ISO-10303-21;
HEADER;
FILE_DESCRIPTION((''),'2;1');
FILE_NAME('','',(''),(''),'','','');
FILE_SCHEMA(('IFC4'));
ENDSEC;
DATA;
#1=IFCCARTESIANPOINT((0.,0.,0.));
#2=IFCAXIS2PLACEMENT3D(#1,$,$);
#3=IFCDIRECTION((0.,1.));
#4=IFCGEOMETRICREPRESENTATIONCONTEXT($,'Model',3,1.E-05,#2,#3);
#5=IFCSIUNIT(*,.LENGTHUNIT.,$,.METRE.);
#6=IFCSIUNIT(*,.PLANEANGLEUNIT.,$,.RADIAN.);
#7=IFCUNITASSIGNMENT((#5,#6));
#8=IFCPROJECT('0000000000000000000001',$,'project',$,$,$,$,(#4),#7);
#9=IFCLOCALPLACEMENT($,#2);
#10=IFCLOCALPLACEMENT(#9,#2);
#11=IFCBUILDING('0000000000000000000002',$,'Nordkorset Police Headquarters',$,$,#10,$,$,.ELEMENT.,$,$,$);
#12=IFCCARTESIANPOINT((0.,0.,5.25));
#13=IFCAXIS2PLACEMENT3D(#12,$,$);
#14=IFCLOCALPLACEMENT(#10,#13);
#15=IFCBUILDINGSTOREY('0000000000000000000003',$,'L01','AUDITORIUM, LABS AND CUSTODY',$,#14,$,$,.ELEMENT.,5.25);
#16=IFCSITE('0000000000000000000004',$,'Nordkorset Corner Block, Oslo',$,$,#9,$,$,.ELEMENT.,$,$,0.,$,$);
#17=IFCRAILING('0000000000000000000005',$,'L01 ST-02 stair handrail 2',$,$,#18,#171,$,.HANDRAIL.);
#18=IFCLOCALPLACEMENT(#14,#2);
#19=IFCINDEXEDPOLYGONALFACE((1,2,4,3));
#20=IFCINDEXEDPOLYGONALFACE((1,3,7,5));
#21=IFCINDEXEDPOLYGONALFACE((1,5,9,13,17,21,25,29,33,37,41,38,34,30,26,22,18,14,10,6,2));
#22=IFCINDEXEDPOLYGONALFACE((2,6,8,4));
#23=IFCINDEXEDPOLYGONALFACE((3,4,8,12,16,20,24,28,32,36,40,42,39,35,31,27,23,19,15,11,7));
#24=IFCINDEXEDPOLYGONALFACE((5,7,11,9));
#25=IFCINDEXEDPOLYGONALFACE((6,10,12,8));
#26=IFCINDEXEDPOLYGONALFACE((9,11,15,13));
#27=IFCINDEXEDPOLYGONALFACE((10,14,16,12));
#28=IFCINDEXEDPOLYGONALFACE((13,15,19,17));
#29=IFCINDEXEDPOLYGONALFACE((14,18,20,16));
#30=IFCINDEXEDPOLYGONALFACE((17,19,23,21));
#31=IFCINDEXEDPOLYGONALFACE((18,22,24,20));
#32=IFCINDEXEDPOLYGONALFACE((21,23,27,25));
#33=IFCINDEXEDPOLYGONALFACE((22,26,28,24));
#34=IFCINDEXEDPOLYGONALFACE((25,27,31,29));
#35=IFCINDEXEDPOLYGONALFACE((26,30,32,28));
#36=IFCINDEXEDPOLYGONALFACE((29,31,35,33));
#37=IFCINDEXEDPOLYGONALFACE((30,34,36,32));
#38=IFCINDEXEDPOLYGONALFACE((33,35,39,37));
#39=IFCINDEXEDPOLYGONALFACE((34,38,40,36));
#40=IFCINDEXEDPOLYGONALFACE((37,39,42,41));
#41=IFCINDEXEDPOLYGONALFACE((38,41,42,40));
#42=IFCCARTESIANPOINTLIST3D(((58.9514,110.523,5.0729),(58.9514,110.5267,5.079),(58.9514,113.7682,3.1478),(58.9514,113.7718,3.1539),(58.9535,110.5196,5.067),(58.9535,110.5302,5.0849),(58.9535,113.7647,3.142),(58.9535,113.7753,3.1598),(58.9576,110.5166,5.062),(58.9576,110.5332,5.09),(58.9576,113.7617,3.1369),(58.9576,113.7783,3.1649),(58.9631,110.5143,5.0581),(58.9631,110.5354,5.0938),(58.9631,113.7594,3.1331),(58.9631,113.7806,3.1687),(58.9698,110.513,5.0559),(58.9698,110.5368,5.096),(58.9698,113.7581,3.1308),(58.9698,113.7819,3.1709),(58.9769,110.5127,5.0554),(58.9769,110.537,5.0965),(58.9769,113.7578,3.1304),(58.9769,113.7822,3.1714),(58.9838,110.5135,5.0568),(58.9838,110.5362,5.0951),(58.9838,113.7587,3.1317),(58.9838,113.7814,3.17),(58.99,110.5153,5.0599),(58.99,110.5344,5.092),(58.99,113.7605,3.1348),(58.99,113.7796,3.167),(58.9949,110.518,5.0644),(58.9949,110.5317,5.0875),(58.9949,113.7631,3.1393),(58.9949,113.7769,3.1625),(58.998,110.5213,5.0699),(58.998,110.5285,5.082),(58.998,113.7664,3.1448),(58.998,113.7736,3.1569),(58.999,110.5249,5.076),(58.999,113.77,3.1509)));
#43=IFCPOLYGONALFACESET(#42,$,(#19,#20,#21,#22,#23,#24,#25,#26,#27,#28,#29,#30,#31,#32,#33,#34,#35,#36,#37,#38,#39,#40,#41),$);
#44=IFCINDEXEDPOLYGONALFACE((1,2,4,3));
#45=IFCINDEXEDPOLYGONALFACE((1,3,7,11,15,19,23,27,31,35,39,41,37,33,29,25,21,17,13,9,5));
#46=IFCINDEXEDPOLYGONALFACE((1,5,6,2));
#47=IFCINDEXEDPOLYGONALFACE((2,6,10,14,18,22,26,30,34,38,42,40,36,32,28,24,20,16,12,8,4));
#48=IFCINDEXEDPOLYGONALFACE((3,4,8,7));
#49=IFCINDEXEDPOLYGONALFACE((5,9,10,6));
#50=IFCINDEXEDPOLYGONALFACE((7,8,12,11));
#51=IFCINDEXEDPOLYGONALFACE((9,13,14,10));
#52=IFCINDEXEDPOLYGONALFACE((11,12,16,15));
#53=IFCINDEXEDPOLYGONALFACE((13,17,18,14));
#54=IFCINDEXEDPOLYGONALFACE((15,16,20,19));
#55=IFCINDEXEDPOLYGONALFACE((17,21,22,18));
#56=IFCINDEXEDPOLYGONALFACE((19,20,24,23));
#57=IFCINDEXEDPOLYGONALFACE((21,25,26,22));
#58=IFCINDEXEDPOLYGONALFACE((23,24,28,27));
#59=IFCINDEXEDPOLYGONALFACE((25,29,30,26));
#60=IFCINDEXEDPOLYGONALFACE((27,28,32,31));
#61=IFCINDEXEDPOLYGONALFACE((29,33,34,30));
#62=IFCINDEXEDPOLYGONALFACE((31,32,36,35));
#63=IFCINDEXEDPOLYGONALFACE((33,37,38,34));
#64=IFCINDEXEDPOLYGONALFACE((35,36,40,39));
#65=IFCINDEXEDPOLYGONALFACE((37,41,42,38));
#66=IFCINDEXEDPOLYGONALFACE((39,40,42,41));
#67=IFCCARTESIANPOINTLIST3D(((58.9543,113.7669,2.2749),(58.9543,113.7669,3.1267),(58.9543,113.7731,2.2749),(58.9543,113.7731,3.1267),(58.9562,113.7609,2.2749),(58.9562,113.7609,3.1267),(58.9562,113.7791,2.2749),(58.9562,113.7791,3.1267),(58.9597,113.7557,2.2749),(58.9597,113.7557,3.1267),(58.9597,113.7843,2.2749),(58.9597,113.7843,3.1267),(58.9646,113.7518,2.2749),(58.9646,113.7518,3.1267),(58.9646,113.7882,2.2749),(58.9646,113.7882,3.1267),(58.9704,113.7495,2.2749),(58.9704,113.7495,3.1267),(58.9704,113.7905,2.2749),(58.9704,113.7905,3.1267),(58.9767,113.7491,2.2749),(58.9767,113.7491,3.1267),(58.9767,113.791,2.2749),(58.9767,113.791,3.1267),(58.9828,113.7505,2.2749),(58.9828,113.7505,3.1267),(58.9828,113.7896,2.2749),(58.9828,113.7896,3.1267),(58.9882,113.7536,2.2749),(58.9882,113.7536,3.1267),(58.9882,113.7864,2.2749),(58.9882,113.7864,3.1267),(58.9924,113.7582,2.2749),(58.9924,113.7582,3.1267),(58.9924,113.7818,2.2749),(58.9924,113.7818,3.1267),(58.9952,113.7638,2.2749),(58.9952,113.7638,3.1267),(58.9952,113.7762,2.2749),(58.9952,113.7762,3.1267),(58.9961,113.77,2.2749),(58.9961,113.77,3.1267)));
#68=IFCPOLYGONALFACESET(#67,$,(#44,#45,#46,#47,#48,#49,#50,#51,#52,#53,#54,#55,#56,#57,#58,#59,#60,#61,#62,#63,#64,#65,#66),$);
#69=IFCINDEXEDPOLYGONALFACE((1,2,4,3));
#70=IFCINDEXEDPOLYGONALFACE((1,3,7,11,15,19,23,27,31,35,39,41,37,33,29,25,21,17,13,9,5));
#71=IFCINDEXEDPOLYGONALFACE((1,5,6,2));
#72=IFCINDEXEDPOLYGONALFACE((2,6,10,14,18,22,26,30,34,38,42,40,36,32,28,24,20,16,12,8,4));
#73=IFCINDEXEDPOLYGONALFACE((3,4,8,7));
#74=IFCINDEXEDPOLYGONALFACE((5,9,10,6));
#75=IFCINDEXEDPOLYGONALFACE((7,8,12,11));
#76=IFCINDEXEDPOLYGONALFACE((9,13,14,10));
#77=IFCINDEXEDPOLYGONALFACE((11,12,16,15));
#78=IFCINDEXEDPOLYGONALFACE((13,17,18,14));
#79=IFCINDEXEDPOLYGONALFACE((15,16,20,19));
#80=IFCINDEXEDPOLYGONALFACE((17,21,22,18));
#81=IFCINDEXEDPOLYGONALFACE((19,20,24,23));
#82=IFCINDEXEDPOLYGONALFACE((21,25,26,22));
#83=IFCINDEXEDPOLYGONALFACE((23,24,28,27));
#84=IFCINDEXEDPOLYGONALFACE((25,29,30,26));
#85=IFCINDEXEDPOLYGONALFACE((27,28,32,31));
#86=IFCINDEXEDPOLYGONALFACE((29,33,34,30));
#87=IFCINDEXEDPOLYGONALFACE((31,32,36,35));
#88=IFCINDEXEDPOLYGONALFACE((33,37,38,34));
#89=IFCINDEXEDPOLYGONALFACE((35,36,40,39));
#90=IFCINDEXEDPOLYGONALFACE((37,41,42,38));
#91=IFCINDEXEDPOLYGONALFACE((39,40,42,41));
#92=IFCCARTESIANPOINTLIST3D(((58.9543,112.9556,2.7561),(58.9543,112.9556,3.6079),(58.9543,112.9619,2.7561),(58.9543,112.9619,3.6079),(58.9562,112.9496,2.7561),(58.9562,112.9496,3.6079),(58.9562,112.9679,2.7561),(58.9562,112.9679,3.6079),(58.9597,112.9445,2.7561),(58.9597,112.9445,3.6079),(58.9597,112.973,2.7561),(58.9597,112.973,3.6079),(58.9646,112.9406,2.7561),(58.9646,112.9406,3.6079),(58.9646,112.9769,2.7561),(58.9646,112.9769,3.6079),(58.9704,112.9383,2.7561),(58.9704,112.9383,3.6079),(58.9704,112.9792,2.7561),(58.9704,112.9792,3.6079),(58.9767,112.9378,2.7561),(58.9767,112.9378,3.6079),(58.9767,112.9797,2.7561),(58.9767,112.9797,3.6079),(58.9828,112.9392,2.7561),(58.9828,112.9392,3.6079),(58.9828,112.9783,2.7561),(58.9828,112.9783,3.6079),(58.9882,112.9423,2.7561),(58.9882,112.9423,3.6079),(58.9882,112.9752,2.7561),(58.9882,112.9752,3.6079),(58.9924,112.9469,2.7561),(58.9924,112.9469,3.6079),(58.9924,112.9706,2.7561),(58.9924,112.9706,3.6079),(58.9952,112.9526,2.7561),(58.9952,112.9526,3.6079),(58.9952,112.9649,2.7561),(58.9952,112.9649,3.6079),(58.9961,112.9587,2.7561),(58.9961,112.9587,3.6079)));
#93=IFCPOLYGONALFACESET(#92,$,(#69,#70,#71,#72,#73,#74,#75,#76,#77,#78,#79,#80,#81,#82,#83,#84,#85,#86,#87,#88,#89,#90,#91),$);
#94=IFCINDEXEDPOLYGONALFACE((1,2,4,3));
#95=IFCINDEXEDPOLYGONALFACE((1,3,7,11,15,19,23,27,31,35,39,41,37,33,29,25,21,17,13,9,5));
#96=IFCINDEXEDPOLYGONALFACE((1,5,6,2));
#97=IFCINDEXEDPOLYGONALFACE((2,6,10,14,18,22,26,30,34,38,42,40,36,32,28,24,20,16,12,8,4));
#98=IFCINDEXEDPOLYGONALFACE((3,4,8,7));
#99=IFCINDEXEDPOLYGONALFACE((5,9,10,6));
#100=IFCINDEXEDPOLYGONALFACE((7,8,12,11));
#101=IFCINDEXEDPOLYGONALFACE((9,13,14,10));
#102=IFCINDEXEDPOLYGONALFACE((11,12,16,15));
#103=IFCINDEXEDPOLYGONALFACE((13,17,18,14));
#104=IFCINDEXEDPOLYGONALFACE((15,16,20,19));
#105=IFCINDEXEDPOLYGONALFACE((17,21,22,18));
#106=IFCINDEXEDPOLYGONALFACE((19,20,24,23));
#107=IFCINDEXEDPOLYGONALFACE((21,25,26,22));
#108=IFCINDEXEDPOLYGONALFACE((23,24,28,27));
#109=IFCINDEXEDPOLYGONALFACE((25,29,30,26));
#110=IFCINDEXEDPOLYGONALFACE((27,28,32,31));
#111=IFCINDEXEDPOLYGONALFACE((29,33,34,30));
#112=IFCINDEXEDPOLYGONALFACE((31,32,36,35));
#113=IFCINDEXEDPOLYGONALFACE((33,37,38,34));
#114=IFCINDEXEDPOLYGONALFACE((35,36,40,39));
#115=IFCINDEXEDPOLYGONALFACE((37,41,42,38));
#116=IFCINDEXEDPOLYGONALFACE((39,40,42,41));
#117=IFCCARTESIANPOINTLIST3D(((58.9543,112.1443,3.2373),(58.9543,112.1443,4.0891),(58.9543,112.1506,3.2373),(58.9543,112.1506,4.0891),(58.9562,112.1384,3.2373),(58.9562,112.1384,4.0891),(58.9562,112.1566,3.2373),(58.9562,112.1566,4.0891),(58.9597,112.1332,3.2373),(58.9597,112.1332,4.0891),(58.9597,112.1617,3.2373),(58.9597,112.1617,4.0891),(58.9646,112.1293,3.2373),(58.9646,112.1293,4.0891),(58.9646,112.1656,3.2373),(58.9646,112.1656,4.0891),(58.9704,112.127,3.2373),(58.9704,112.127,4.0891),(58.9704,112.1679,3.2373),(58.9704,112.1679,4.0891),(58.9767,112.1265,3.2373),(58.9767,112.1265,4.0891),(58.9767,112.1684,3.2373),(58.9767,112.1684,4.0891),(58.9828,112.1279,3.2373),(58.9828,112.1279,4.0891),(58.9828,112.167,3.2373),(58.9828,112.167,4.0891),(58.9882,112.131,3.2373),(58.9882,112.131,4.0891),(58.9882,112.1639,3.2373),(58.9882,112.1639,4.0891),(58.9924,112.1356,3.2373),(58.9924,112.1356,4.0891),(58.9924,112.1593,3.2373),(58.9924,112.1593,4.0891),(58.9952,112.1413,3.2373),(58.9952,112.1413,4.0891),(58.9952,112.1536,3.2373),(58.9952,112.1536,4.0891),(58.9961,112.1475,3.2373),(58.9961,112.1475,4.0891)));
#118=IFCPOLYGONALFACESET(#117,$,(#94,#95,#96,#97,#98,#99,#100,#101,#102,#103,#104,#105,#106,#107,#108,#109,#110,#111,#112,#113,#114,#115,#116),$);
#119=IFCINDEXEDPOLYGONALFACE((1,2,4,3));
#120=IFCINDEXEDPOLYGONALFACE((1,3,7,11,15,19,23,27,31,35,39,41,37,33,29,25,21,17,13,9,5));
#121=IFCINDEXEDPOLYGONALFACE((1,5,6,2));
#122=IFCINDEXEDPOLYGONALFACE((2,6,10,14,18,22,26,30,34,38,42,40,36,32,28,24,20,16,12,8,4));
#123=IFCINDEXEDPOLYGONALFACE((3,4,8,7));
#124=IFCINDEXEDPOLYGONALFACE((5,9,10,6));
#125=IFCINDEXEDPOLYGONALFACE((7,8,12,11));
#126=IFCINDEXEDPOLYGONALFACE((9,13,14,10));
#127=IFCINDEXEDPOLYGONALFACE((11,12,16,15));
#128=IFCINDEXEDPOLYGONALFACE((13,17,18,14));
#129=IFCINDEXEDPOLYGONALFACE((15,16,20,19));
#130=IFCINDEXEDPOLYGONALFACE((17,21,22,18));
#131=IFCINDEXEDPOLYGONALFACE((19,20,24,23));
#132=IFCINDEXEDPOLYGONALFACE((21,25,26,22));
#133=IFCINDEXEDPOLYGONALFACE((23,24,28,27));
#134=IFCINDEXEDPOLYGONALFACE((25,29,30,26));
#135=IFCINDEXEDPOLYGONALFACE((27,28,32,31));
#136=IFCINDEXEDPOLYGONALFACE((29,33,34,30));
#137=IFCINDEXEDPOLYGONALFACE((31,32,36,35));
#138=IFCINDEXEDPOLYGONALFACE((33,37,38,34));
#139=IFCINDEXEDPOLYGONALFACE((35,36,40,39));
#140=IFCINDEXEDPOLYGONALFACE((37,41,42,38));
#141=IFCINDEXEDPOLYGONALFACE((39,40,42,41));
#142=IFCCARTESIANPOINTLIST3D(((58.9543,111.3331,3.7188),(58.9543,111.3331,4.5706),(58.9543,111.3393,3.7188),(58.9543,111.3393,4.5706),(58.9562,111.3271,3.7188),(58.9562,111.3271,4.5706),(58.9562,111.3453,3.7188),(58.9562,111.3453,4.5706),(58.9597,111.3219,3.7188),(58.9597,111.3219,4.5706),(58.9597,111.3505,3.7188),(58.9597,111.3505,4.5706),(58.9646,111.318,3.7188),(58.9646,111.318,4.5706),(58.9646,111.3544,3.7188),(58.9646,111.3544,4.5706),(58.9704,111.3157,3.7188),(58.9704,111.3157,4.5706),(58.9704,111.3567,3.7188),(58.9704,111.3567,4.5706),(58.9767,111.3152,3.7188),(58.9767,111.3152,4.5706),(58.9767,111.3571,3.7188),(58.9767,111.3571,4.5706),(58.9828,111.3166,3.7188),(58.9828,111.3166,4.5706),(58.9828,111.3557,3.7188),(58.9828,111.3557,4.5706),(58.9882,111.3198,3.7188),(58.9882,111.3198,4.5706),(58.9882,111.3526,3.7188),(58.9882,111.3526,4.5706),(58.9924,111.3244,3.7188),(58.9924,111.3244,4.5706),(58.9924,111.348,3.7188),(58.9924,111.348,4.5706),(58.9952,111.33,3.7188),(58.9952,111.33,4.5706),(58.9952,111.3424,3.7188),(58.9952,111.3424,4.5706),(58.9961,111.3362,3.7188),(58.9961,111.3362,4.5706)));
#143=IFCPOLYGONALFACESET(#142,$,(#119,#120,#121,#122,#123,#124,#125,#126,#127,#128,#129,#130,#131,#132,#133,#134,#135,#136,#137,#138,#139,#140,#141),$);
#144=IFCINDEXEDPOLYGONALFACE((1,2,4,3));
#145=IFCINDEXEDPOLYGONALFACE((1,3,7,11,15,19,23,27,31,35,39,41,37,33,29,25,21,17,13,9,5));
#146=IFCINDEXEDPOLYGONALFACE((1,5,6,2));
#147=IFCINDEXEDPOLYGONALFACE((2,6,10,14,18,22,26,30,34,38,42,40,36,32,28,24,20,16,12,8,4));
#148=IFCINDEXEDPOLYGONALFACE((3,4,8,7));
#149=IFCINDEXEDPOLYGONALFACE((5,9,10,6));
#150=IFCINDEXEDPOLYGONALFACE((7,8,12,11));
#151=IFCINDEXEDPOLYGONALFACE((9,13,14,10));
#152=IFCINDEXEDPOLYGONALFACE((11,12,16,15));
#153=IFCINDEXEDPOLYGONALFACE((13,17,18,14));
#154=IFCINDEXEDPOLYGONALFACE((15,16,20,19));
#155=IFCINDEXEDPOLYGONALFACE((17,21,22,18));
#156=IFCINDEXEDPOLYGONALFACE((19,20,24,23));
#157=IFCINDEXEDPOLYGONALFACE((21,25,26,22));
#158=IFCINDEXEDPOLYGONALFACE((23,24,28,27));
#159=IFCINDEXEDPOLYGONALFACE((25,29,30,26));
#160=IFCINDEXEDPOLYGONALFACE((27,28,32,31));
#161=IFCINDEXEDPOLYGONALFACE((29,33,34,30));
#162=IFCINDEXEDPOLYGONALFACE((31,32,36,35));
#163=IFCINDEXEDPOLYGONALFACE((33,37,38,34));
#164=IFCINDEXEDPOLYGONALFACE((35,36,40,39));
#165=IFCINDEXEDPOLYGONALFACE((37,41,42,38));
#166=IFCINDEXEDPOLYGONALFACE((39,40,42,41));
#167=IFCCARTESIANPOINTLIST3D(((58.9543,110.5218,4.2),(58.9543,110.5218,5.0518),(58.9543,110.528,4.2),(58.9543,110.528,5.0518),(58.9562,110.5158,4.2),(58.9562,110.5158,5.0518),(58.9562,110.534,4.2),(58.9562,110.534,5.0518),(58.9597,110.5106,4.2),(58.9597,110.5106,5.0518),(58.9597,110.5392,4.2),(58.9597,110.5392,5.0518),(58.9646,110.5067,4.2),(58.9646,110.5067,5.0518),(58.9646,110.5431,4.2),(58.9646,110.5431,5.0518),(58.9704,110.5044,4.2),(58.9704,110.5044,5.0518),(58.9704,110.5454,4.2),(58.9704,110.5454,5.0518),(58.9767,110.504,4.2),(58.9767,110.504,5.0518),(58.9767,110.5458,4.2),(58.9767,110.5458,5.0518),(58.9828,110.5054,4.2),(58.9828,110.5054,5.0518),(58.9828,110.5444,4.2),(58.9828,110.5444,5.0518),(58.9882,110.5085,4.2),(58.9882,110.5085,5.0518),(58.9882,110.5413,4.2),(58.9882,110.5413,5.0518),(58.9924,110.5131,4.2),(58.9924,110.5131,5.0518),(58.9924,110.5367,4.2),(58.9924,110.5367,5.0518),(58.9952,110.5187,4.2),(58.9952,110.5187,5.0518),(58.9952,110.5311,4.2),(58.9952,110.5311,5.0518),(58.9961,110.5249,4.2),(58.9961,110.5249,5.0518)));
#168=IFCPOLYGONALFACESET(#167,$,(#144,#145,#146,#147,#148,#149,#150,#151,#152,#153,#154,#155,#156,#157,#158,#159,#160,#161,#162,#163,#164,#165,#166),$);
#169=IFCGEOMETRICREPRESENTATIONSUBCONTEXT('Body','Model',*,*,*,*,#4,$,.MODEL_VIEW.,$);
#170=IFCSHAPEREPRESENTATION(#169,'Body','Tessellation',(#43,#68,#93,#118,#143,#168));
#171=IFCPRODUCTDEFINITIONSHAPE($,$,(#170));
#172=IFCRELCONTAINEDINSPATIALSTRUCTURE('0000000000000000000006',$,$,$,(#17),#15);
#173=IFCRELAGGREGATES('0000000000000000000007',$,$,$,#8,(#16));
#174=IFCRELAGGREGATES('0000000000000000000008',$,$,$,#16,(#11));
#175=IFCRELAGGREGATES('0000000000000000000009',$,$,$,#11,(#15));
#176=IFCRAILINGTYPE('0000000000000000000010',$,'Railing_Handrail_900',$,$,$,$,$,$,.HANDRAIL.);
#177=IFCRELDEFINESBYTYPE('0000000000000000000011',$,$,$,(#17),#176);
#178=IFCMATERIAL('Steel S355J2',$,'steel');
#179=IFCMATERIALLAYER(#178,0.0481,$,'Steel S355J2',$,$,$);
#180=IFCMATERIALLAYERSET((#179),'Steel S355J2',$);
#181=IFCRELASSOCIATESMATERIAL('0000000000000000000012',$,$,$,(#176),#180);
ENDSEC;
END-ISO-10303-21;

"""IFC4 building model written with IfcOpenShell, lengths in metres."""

from ifc_helpers import new_model, si_unit, direction, frame, origin, origin_2d, place, context, subcontext, project, spatial, circle, extrude, material, layer, layer_set, type_object, element, save


model = new_model("IFC4")

# Units and contexts
model_context = context("Model", 3, precision=1e-05, world=origin(), true_north=direction((0.0, 1.0)))
body_context = subcontext(model_context, "Body", "Model", "MODEL_VIEW")
ifc_project = project(units=[si_unit("LENGTHUNIT", "METRE"), si_unit("PLANEANGLEUNIT", "RADIAN")], contexts=[model_context])

# Site, building, storey
site_placement = place(None, origin())
site = spatial("IfcSite", under=ifc_project, at=site_placement, Name="Nordkorset Corner Block, Oslo", CompositionType="ELEMENT", RefElevation=0.0)
building_placement = place(site_placement, origin())
building = spatial("IfcBuilding", under=site, at=building_placement, Name="Nordkorset Police Headquarters", CompositionType="ELEMENT")
storey_placement = place(building_placement, frame((0.0, 0.0, 5.25)))
storey = spatial("IfcBuildingStorey", under=building, at=storey_placement, Name="L01", Description="AUDITORIUM, LABS AND CUSTODY", CompositionType="ELEMENT", Elevation=5.25)

# Railing
ifc_material_1 = material(Name="Steel S355J2", Category="steel")
ifc_layer_1 = layer(ifc_material_1, 0.0481, Name="Steel S355J2")
ifc_layer_set_1 = layer_set([ifc_layer_1], Name="Steel S355J2")
railing_type_1 = type_object("IfcRailingType", Name="Railing_Handrail_900", PredefinedType="HANDRAIL", material=ifc_layer_set_1)
railing_1_placement = place(storey_placement, frame((58.9751, 113.77, 2.2749)))
element("IfcRailing", 1, at=railing_1_placement, inside=storey, type_object=railing_type_1, Name="L01 ST-02 stair handrail 2", PredefinedType="HANDRAIL", context=body_context, shape_type="SweptSolid", body=[
    extrude(circle(Radius=0.0239, at=origin_2d()), frame((0.0, 0.0, 0.876), z_axis=(0.0, -0.860057, 0.510198), x_axis=(1.0, 0.0, 0.0)), (0.0, 0.0, 1.0), 3.7732),
    extrude(circle(Radius=0.021, at=origin_2d()), origin(), (0.0, 0.0, 1.0), 0.8518),
    extrude(circle(Radius=0.021, at=origin_2d()), frame((0.0, -0.8113, 0.4812)), (0.0, 0.0, 1.0), 0.8518),
    extrude(circle(Radius=0.021, at=origin_2d()), frame((0.0, -1.6226, 0.9624)), (0.0, 0.0, 1.0), 0.8518),
    extrude(circle(Radius=0.021, at=origin_2d()), frame((0.0, -2.4338, 1.4438)), (0.0, 0.0, 1.0), 0.8518),
    extrude(circle(Radius=0.021, at=origin_2d()), frame((0.0, -3.2451, 1.925)), (0.0, 0.0, 1.0), 0.8518),
])

save(model, "model.ifc")
